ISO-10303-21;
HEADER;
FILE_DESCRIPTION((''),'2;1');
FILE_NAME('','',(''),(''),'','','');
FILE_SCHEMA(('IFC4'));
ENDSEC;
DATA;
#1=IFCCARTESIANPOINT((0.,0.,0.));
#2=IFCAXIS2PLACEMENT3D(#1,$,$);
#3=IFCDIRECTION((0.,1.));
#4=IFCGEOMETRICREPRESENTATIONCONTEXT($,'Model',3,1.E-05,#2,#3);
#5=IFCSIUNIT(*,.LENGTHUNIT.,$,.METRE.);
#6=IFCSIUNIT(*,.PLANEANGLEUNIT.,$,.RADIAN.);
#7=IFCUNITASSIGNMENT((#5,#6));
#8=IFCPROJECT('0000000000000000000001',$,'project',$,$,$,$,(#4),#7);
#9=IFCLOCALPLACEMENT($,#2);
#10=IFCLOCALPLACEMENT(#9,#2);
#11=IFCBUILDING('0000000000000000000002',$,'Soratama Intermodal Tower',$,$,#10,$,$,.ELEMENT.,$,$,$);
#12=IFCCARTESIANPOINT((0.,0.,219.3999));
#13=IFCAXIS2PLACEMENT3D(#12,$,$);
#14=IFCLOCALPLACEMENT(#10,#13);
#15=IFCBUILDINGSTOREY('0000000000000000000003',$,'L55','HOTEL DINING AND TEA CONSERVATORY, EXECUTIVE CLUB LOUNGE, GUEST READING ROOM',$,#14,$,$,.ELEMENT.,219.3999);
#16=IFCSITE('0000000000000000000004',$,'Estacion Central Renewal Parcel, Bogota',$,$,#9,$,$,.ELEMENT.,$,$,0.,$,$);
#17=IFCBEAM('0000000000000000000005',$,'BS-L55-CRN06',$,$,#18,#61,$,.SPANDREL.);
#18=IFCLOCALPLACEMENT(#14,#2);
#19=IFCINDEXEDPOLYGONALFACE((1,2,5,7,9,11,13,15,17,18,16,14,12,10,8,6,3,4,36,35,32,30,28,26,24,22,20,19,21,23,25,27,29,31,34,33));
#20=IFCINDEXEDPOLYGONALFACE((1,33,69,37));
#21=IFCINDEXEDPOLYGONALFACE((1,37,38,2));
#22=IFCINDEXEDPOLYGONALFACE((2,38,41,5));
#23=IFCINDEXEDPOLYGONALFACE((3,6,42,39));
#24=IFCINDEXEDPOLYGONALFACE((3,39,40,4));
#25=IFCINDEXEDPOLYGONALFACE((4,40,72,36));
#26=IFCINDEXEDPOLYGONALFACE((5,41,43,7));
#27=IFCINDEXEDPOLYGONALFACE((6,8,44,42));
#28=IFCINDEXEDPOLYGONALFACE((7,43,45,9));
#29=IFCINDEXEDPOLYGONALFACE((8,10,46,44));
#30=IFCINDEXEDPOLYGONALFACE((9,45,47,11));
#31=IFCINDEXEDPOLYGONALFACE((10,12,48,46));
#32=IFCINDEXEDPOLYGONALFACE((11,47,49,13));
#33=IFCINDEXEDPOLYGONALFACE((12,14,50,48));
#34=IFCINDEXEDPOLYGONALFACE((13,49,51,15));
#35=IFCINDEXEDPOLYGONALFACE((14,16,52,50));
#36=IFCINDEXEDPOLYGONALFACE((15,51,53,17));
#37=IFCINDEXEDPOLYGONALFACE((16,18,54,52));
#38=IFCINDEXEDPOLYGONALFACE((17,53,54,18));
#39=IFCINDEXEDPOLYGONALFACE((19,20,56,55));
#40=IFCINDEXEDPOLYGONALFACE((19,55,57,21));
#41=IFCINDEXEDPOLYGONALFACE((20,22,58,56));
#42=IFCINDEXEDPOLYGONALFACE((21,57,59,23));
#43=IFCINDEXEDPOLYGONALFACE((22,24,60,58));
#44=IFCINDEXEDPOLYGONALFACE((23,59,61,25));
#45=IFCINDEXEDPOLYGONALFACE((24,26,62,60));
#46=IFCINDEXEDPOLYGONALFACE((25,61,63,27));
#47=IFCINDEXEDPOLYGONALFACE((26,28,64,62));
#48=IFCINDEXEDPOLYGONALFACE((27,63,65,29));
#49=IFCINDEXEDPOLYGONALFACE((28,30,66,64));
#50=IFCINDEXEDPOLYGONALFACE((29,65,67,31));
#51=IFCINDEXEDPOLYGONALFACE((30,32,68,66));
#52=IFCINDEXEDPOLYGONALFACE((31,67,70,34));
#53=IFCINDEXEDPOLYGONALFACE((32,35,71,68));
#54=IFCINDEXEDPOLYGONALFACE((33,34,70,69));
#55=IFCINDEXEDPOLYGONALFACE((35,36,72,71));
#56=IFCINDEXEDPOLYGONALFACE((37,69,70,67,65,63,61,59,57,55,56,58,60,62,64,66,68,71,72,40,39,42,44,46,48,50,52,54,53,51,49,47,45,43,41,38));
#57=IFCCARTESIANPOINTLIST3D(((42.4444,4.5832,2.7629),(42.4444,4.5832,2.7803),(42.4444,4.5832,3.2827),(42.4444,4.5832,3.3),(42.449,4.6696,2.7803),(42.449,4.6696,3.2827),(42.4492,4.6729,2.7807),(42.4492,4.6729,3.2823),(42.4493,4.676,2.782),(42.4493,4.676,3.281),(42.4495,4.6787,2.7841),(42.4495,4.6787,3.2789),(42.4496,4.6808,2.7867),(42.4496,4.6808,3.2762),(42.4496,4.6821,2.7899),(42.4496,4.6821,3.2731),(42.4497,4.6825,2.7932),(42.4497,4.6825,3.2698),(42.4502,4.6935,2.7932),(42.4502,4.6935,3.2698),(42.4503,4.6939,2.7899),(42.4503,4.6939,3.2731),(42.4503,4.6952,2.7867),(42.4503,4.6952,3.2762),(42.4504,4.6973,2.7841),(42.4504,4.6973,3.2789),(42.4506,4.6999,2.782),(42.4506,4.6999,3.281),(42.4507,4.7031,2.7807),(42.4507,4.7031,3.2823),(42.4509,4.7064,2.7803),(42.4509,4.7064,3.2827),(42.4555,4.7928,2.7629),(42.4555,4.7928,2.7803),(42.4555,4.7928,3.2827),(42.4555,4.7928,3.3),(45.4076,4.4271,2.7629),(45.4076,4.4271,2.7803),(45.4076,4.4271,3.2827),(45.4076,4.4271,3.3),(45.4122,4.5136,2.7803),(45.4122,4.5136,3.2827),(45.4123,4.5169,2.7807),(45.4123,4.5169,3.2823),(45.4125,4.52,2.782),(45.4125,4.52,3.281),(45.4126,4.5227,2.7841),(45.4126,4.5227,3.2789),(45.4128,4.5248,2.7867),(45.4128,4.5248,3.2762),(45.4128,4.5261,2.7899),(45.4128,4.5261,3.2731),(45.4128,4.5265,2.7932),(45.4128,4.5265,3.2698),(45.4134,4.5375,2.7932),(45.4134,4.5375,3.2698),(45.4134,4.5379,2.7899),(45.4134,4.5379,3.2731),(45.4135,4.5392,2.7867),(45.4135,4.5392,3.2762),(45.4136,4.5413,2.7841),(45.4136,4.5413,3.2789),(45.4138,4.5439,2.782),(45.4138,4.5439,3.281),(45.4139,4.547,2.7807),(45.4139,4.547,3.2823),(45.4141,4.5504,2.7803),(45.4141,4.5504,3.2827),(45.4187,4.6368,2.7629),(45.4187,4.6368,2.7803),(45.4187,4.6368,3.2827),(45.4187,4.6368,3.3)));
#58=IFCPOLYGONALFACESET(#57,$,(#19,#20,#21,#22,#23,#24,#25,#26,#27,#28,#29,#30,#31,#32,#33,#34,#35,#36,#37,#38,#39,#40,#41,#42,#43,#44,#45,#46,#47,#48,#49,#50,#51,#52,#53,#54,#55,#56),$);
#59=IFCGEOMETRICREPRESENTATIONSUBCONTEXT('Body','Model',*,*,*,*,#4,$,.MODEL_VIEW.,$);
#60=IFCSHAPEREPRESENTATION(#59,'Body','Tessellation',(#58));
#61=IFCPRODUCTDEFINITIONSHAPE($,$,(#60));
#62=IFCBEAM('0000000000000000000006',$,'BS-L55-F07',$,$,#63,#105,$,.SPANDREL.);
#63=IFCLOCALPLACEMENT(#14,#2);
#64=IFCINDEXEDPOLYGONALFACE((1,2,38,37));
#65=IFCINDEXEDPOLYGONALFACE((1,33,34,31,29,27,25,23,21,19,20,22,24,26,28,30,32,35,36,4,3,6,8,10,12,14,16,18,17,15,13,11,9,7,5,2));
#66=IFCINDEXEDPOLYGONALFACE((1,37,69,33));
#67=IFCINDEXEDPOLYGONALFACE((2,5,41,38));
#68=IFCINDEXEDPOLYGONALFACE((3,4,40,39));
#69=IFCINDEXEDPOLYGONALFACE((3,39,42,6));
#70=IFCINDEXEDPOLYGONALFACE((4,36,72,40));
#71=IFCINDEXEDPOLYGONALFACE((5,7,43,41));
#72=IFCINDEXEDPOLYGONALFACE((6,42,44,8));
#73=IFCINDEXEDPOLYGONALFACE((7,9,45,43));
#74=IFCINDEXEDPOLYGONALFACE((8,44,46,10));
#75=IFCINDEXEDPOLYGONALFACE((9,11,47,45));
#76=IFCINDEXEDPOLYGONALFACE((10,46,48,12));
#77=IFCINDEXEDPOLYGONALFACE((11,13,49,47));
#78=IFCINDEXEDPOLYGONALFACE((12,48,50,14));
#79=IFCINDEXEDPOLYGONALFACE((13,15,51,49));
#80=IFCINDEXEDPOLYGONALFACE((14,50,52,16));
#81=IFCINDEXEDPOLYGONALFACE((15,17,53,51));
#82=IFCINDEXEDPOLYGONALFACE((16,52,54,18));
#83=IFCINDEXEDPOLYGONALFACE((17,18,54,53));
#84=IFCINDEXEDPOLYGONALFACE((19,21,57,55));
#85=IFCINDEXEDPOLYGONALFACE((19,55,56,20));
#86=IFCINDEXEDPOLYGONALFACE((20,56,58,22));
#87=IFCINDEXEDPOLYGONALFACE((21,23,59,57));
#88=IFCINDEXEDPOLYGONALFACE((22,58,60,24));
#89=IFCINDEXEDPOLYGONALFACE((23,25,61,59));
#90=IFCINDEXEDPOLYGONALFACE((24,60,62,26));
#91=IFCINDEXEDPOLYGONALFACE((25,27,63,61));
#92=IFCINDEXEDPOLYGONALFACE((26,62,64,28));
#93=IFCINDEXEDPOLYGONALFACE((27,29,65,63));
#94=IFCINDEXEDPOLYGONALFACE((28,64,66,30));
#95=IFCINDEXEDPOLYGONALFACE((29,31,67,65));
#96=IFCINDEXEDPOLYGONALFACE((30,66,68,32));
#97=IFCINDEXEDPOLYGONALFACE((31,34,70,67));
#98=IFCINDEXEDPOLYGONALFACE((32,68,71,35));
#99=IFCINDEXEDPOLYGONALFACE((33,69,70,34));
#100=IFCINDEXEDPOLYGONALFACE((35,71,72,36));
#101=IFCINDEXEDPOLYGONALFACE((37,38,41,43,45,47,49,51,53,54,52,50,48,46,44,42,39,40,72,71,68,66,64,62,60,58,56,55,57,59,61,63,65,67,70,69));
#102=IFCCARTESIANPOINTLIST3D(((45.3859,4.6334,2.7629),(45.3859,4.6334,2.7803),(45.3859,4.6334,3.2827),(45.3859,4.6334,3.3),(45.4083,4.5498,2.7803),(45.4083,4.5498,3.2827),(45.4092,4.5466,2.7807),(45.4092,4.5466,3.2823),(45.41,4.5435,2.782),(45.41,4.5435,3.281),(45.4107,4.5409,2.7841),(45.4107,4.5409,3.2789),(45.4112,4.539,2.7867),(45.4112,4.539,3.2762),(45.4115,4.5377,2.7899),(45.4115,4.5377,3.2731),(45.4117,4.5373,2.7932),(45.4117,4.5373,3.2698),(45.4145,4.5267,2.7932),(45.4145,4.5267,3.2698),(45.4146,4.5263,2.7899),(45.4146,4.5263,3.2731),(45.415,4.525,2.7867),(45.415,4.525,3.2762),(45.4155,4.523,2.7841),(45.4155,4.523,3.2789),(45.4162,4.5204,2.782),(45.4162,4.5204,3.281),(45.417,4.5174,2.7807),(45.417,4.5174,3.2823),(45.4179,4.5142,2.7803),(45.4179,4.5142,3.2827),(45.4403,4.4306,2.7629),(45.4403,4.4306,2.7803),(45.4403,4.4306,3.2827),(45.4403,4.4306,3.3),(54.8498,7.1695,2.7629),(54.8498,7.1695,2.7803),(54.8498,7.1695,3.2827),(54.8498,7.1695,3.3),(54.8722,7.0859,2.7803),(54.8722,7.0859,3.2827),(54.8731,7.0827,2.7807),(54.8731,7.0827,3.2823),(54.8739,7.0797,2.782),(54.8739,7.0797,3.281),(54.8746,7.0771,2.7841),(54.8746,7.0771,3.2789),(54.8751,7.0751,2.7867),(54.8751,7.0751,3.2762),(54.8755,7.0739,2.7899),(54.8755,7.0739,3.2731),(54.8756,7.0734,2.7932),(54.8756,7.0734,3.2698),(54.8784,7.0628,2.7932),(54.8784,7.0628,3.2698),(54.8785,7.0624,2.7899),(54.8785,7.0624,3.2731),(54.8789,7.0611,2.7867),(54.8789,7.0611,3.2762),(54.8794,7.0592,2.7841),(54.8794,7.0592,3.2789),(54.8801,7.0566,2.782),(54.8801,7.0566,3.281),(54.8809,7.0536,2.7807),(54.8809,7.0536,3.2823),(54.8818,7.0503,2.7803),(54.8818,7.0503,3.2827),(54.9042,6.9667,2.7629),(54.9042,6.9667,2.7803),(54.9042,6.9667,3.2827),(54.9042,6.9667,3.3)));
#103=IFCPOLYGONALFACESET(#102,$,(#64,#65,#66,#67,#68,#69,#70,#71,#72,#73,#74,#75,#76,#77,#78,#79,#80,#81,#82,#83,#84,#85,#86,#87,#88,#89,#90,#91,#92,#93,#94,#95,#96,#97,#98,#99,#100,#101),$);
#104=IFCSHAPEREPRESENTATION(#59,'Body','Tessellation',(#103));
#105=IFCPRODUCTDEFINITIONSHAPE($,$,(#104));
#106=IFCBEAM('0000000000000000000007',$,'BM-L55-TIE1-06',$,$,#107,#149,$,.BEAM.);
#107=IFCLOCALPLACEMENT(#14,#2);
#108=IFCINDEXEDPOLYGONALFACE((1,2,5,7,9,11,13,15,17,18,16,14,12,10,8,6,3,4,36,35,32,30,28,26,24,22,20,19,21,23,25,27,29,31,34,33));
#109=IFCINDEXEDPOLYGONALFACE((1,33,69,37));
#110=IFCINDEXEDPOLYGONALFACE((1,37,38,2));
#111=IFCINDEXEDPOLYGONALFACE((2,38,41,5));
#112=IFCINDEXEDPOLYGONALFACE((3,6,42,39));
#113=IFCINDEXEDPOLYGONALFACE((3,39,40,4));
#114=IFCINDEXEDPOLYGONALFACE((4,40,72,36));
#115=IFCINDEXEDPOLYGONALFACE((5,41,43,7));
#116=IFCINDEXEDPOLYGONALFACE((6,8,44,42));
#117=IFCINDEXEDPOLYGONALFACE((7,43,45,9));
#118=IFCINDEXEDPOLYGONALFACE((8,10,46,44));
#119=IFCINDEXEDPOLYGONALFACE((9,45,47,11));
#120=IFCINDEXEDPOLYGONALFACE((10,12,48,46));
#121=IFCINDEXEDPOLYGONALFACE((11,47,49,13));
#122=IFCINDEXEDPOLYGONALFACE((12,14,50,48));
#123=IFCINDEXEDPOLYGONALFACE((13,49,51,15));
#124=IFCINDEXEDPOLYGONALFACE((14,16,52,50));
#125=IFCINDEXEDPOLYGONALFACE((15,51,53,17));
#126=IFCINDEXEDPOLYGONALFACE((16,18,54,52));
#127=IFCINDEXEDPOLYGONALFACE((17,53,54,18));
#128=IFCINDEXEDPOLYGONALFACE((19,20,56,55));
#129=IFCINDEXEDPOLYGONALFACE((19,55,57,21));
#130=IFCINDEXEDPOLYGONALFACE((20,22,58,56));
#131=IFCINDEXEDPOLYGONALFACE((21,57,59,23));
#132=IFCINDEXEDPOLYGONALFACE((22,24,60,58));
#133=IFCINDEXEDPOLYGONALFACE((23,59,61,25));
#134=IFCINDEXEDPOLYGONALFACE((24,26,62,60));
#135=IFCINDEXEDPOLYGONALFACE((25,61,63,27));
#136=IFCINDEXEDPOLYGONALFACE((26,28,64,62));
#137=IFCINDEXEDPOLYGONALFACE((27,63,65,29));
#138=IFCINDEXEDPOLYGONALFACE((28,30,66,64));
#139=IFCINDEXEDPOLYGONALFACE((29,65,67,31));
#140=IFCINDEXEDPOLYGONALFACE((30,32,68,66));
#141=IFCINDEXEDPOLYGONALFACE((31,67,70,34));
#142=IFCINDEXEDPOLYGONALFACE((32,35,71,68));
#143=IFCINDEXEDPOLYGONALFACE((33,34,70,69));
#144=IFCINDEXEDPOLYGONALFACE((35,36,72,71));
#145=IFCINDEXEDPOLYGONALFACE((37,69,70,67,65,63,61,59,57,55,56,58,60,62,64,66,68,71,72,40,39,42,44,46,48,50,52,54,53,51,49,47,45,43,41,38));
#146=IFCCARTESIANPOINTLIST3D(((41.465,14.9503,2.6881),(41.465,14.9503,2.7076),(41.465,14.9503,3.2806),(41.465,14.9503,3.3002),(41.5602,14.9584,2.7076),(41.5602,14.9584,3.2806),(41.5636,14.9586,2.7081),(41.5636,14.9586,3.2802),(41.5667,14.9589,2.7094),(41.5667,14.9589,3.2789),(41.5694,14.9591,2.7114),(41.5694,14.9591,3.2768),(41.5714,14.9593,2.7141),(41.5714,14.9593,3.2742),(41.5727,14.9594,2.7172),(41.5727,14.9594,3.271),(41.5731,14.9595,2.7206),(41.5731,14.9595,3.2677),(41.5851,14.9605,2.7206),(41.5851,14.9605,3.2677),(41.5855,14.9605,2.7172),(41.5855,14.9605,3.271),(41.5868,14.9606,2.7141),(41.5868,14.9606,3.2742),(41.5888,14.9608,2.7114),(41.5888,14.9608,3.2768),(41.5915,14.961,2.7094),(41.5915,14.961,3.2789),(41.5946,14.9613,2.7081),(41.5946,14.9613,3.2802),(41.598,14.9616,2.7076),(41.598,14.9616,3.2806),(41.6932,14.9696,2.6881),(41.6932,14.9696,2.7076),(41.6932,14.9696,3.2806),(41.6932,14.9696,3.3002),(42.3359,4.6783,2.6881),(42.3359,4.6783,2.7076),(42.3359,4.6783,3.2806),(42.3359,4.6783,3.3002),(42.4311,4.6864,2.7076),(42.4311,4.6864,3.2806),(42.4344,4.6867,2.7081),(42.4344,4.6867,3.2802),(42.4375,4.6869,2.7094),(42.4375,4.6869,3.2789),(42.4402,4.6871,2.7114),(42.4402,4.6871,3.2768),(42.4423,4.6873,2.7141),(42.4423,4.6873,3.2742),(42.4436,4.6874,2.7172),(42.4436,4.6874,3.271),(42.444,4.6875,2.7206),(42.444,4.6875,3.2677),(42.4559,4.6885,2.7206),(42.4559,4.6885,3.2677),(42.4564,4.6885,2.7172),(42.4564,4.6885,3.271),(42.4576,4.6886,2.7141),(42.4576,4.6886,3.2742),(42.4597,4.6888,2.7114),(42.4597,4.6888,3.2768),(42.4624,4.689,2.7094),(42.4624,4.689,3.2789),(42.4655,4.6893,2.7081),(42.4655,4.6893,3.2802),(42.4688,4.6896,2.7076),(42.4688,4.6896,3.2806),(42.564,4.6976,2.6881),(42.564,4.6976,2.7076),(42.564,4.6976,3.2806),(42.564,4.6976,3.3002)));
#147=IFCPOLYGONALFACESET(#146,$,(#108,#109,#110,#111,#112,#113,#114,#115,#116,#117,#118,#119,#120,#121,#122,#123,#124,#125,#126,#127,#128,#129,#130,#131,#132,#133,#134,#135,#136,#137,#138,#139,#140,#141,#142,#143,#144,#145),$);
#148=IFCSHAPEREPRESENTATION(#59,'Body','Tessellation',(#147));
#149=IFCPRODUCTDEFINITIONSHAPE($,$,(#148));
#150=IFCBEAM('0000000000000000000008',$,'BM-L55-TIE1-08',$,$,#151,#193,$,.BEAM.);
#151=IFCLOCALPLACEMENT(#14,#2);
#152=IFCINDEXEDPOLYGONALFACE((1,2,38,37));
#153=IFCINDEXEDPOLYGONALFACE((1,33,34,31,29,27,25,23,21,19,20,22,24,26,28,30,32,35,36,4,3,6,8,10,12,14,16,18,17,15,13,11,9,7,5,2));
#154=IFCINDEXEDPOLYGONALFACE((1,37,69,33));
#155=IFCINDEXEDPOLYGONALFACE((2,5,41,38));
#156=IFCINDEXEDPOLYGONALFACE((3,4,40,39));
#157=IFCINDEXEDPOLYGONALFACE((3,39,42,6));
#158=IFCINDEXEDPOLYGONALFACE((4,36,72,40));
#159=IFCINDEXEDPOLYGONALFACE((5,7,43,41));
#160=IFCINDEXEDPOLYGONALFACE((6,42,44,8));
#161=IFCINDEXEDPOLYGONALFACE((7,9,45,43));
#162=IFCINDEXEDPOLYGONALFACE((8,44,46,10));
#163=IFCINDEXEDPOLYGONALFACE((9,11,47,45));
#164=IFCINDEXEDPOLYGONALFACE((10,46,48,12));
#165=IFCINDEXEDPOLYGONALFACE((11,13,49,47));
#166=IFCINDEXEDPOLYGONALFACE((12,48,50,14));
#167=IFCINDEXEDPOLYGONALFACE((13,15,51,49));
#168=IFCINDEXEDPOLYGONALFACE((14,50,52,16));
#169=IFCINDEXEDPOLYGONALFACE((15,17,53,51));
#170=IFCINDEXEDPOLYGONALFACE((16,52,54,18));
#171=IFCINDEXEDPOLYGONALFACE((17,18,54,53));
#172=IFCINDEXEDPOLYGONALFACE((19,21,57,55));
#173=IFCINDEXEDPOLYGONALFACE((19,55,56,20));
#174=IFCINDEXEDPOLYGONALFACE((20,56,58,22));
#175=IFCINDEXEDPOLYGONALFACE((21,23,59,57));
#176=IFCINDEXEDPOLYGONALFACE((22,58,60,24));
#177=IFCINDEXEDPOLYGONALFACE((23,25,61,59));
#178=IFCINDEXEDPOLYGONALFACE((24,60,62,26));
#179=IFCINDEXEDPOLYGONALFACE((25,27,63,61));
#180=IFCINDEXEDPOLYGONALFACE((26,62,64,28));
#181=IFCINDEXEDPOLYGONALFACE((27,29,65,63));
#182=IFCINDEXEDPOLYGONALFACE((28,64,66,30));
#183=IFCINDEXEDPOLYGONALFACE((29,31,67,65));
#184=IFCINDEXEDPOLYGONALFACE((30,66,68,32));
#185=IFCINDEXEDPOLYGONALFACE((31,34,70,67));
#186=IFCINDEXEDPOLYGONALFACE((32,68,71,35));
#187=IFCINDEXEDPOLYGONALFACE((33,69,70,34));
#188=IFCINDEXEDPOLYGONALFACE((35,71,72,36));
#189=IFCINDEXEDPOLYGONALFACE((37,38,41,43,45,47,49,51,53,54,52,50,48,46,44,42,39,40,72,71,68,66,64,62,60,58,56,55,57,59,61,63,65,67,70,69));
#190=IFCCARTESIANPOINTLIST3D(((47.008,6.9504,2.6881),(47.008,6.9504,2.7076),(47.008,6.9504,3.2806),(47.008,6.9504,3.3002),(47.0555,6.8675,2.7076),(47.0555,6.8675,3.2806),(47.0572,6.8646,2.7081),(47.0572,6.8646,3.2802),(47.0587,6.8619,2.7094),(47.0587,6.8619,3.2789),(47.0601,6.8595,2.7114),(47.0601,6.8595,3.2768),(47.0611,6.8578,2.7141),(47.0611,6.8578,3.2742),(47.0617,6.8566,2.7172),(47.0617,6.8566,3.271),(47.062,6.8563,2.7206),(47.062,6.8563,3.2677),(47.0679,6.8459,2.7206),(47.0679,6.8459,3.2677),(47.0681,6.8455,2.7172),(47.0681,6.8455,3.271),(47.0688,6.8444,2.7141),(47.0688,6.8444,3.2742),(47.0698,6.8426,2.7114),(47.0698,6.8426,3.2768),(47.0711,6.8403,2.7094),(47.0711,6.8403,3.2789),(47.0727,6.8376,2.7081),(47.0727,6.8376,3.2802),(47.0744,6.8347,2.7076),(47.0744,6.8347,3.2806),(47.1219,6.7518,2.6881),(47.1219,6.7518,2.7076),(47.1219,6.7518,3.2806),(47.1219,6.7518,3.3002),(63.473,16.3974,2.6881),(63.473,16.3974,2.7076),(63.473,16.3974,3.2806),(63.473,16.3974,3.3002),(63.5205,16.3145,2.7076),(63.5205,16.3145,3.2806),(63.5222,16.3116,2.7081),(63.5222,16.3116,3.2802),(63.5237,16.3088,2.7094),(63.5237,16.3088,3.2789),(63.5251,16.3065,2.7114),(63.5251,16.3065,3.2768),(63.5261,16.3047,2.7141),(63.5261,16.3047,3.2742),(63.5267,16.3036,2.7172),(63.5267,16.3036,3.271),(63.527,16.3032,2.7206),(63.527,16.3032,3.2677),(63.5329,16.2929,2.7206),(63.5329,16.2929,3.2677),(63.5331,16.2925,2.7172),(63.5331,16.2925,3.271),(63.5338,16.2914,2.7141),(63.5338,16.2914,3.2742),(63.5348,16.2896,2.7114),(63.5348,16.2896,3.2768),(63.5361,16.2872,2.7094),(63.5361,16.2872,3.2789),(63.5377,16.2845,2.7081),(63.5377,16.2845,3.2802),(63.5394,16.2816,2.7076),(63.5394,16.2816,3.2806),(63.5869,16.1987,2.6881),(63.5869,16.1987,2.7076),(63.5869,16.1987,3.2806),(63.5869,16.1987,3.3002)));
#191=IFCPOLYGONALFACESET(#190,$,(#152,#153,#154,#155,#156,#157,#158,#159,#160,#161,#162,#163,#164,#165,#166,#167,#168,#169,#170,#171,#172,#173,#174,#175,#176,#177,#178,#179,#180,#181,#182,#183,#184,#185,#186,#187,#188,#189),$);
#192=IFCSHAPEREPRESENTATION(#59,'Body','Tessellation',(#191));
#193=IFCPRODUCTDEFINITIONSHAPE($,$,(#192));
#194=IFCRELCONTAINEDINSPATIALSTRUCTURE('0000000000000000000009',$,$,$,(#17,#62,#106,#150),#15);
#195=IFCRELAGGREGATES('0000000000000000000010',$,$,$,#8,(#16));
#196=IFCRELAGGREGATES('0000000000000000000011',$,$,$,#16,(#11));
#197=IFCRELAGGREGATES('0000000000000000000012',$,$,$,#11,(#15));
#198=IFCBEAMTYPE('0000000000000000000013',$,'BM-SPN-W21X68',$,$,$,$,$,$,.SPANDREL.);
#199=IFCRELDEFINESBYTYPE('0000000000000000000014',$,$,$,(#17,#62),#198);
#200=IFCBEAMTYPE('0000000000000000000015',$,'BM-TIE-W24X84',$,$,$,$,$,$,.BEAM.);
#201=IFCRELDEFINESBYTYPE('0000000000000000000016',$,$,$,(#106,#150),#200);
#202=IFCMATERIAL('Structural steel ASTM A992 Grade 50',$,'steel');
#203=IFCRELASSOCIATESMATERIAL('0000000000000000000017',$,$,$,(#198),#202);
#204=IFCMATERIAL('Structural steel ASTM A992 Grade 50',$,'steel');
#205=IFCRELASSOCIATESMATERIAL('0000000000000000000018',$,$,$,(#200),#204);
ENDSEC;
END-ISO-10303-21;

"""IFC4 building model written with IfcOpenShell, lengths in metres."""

from ifc_helpers import new_model, si_unit, direction, frame, origin, origin_2d, place, context, subcontext, project, spatial, i_section, extrude, material, material_profile, profile_set, type_object, element, save


model = new_model("IFC4")

# Units and contexts
model_context = context("Model", 3, precision=1e-05, world=origin(), true_north=direction((0.0, 1.0)))
body_context = subcontext(model_context, "Body", "Model", "MODEL_VIEW")
ifc_project = project(units=[si_unit("LENGTHUNIT", "METRE"), si_unit("PLANEANGLEUNIT", "RADIAN")], contexts=[model_context])

# Site, building, storey
site_placement = place(None, origin())
site = spatial("IfcSite", under=ifc_project, at=site_placement, Name="Estacion Central Renewal Parcel, Bogota", CompositionType="ELEMENT", RefElevation=0.0)
building_placement = place(site_placement, origin())
building = spatial("IfcBuilding", under=site, at=building_placement, Name="Soratama Intermodal Tower", CompositionType="ELEMENT")
storey_placement = place(building_placement, frame((0.0, 0.0, 219.3999)))
storey = spatial("IfcBuildingStorey", under=building, at=storey_placement, Name="L55", Description="HOTEL DINING AND TEA CONSERVATORY, EXECUTIVE CLUB LOUNGE, GUEST READING ROOM", CompositionType="ELEMENT", Elevation=219.3999)

# Beams
ifc_material_1 = material(Name="Structural steel ASTM A992 Grade 50", Category="steel")
ifc_material_profile_1 = material_profile(ifc_material_1, i_section(OverallWidth=0.21, OverallDepth=0.5371, WebThickness=0.011, FlangeThickness=0.0173, FilletRadius=0.0129, at=origin_2d()), Name="W21X68")
ifc_profile_set_1 = profile_set([ifc_material_profile_1], Name="Structural steel ASTM A992 Grade 50")
beam_type_1 = type_object("IfcBeamType", Name="BM-SPN-W21X68", PredefinedType="SPANDREL", material=ifc_profile_set_1)
beam_1_placement = place(storey_placement, frame((42.45, 4.688, 3.0315), z_axis=(0.998617, -0.052576, 0.0), x_axis=(0.052576, 0.998617, 0.0)))
element("IfcBeam", 1, at=beam_1_placement, inside=storey, type_object=beam_type_1, Name="BS-L55-CRN06", PredefinedType="SPANDREL", context=body_context, shape_type="SweptSolid", body=[
    extrude(i_section(OverallWidth=0.21, OverallDepth=0.5371, WebThickness=0.011, FlangeThickness=0.0173, FilletRadius=0.0129, at=origin_2d()), origin(), (0.0, 0.0, 1.0), 2.9673),
])
beam_2_placement = place(storey_placement, frame((45.4131, 4.532, 3.0315), z_axis=(0.965918, 0.258847, 0.0), x_axis=(-0.258847, 0.965918, 0.0)))
element("IfcBeam", 2, at=beam_2_placement, inside=storey, type_object=beam_type_1, Name="BS-L55-F07", PredefinedType="SPANDREL", context=body_context, shape_type="SweptSolid", body=[
    extrude(i_section(OverallWidth=0.21, OverallDepth=0.5371, WebThickness=0.011, FlangeThickness=0.0173, FilletRadius=0.0129, at=origin_2d()), origin(), (0.0, 0.0, 1.0), 9.7979),
])
ifc_material_2 = material(Name="Structural steel ASTM A992 Grade 50", Category="steel")
ifc_material_profile_2 = material_profile(ifc_material_2, i_section(OverallWidth=0.229, OverallDepth=0.6121, WebThickness=0.012, FlangeThickness=0.0195, FilletRadius=0.0129, at=origin_2d()), Name="W24X84")
ifc_profile_set_2 = profile_set([ifc_material_profile_2], Name="Structural steel ASTM A992 Grade 50")
beam_type_2 = type_object("IfcBeamType", Name="BM-TIE-W24X84", PredefinedType="BEAM", material=ifc_profile_set_2)
beam_3_placement = place(storey_placement, frame((41.5791, 14.96, 2.9941), z_axis=(0.084476, -0.996426, 0.0), x_axis=(0.996426, 0.084476, 0.0)))
element("IfcBeam", 3, at=beam_3_placement, inside=storey, type_object=beam_type_2, Name="BM-L55-TIE1-06", PredefinedType="BEAM", context=body_context, shape_type="SweptSolid", body=[
    extrude(i_section(OverallWidth=0.229, OverallDepth=0.6121, WebThickness=0.012, FlangeThickness=0.0195, FilletRadius=0.0129, at=origin_2d()), origin(), (0.0, 0.0, 1.0), 10.3088),
])
beam_4_placement = place(storey_placement, frame((47.0649, 6.8511, 2.9941), z_axis=(0.86737, 0.497663, 0.0), x_axis=(-0.497663, 0.86737, 0.0)))
element("IfcBeam", 4, at=beam_4_placement, inside=storey, type_object=beam_type_2, Name="BM-L55-TIE1-08", PredefinedType="BEAM", context=body_context, shape_type="SweptSolid", body=[
    extrude(i_section(OverallWidth=0.229, OverallDepth=0.6121, WebThickness=0.012, FlangeThickness=0.0195, FilletRadius=0.0129, at=origin_2d()), origin(), (0.0, 0.0, 1.0), 18.9827),
])

save(model, "model.ifc")
